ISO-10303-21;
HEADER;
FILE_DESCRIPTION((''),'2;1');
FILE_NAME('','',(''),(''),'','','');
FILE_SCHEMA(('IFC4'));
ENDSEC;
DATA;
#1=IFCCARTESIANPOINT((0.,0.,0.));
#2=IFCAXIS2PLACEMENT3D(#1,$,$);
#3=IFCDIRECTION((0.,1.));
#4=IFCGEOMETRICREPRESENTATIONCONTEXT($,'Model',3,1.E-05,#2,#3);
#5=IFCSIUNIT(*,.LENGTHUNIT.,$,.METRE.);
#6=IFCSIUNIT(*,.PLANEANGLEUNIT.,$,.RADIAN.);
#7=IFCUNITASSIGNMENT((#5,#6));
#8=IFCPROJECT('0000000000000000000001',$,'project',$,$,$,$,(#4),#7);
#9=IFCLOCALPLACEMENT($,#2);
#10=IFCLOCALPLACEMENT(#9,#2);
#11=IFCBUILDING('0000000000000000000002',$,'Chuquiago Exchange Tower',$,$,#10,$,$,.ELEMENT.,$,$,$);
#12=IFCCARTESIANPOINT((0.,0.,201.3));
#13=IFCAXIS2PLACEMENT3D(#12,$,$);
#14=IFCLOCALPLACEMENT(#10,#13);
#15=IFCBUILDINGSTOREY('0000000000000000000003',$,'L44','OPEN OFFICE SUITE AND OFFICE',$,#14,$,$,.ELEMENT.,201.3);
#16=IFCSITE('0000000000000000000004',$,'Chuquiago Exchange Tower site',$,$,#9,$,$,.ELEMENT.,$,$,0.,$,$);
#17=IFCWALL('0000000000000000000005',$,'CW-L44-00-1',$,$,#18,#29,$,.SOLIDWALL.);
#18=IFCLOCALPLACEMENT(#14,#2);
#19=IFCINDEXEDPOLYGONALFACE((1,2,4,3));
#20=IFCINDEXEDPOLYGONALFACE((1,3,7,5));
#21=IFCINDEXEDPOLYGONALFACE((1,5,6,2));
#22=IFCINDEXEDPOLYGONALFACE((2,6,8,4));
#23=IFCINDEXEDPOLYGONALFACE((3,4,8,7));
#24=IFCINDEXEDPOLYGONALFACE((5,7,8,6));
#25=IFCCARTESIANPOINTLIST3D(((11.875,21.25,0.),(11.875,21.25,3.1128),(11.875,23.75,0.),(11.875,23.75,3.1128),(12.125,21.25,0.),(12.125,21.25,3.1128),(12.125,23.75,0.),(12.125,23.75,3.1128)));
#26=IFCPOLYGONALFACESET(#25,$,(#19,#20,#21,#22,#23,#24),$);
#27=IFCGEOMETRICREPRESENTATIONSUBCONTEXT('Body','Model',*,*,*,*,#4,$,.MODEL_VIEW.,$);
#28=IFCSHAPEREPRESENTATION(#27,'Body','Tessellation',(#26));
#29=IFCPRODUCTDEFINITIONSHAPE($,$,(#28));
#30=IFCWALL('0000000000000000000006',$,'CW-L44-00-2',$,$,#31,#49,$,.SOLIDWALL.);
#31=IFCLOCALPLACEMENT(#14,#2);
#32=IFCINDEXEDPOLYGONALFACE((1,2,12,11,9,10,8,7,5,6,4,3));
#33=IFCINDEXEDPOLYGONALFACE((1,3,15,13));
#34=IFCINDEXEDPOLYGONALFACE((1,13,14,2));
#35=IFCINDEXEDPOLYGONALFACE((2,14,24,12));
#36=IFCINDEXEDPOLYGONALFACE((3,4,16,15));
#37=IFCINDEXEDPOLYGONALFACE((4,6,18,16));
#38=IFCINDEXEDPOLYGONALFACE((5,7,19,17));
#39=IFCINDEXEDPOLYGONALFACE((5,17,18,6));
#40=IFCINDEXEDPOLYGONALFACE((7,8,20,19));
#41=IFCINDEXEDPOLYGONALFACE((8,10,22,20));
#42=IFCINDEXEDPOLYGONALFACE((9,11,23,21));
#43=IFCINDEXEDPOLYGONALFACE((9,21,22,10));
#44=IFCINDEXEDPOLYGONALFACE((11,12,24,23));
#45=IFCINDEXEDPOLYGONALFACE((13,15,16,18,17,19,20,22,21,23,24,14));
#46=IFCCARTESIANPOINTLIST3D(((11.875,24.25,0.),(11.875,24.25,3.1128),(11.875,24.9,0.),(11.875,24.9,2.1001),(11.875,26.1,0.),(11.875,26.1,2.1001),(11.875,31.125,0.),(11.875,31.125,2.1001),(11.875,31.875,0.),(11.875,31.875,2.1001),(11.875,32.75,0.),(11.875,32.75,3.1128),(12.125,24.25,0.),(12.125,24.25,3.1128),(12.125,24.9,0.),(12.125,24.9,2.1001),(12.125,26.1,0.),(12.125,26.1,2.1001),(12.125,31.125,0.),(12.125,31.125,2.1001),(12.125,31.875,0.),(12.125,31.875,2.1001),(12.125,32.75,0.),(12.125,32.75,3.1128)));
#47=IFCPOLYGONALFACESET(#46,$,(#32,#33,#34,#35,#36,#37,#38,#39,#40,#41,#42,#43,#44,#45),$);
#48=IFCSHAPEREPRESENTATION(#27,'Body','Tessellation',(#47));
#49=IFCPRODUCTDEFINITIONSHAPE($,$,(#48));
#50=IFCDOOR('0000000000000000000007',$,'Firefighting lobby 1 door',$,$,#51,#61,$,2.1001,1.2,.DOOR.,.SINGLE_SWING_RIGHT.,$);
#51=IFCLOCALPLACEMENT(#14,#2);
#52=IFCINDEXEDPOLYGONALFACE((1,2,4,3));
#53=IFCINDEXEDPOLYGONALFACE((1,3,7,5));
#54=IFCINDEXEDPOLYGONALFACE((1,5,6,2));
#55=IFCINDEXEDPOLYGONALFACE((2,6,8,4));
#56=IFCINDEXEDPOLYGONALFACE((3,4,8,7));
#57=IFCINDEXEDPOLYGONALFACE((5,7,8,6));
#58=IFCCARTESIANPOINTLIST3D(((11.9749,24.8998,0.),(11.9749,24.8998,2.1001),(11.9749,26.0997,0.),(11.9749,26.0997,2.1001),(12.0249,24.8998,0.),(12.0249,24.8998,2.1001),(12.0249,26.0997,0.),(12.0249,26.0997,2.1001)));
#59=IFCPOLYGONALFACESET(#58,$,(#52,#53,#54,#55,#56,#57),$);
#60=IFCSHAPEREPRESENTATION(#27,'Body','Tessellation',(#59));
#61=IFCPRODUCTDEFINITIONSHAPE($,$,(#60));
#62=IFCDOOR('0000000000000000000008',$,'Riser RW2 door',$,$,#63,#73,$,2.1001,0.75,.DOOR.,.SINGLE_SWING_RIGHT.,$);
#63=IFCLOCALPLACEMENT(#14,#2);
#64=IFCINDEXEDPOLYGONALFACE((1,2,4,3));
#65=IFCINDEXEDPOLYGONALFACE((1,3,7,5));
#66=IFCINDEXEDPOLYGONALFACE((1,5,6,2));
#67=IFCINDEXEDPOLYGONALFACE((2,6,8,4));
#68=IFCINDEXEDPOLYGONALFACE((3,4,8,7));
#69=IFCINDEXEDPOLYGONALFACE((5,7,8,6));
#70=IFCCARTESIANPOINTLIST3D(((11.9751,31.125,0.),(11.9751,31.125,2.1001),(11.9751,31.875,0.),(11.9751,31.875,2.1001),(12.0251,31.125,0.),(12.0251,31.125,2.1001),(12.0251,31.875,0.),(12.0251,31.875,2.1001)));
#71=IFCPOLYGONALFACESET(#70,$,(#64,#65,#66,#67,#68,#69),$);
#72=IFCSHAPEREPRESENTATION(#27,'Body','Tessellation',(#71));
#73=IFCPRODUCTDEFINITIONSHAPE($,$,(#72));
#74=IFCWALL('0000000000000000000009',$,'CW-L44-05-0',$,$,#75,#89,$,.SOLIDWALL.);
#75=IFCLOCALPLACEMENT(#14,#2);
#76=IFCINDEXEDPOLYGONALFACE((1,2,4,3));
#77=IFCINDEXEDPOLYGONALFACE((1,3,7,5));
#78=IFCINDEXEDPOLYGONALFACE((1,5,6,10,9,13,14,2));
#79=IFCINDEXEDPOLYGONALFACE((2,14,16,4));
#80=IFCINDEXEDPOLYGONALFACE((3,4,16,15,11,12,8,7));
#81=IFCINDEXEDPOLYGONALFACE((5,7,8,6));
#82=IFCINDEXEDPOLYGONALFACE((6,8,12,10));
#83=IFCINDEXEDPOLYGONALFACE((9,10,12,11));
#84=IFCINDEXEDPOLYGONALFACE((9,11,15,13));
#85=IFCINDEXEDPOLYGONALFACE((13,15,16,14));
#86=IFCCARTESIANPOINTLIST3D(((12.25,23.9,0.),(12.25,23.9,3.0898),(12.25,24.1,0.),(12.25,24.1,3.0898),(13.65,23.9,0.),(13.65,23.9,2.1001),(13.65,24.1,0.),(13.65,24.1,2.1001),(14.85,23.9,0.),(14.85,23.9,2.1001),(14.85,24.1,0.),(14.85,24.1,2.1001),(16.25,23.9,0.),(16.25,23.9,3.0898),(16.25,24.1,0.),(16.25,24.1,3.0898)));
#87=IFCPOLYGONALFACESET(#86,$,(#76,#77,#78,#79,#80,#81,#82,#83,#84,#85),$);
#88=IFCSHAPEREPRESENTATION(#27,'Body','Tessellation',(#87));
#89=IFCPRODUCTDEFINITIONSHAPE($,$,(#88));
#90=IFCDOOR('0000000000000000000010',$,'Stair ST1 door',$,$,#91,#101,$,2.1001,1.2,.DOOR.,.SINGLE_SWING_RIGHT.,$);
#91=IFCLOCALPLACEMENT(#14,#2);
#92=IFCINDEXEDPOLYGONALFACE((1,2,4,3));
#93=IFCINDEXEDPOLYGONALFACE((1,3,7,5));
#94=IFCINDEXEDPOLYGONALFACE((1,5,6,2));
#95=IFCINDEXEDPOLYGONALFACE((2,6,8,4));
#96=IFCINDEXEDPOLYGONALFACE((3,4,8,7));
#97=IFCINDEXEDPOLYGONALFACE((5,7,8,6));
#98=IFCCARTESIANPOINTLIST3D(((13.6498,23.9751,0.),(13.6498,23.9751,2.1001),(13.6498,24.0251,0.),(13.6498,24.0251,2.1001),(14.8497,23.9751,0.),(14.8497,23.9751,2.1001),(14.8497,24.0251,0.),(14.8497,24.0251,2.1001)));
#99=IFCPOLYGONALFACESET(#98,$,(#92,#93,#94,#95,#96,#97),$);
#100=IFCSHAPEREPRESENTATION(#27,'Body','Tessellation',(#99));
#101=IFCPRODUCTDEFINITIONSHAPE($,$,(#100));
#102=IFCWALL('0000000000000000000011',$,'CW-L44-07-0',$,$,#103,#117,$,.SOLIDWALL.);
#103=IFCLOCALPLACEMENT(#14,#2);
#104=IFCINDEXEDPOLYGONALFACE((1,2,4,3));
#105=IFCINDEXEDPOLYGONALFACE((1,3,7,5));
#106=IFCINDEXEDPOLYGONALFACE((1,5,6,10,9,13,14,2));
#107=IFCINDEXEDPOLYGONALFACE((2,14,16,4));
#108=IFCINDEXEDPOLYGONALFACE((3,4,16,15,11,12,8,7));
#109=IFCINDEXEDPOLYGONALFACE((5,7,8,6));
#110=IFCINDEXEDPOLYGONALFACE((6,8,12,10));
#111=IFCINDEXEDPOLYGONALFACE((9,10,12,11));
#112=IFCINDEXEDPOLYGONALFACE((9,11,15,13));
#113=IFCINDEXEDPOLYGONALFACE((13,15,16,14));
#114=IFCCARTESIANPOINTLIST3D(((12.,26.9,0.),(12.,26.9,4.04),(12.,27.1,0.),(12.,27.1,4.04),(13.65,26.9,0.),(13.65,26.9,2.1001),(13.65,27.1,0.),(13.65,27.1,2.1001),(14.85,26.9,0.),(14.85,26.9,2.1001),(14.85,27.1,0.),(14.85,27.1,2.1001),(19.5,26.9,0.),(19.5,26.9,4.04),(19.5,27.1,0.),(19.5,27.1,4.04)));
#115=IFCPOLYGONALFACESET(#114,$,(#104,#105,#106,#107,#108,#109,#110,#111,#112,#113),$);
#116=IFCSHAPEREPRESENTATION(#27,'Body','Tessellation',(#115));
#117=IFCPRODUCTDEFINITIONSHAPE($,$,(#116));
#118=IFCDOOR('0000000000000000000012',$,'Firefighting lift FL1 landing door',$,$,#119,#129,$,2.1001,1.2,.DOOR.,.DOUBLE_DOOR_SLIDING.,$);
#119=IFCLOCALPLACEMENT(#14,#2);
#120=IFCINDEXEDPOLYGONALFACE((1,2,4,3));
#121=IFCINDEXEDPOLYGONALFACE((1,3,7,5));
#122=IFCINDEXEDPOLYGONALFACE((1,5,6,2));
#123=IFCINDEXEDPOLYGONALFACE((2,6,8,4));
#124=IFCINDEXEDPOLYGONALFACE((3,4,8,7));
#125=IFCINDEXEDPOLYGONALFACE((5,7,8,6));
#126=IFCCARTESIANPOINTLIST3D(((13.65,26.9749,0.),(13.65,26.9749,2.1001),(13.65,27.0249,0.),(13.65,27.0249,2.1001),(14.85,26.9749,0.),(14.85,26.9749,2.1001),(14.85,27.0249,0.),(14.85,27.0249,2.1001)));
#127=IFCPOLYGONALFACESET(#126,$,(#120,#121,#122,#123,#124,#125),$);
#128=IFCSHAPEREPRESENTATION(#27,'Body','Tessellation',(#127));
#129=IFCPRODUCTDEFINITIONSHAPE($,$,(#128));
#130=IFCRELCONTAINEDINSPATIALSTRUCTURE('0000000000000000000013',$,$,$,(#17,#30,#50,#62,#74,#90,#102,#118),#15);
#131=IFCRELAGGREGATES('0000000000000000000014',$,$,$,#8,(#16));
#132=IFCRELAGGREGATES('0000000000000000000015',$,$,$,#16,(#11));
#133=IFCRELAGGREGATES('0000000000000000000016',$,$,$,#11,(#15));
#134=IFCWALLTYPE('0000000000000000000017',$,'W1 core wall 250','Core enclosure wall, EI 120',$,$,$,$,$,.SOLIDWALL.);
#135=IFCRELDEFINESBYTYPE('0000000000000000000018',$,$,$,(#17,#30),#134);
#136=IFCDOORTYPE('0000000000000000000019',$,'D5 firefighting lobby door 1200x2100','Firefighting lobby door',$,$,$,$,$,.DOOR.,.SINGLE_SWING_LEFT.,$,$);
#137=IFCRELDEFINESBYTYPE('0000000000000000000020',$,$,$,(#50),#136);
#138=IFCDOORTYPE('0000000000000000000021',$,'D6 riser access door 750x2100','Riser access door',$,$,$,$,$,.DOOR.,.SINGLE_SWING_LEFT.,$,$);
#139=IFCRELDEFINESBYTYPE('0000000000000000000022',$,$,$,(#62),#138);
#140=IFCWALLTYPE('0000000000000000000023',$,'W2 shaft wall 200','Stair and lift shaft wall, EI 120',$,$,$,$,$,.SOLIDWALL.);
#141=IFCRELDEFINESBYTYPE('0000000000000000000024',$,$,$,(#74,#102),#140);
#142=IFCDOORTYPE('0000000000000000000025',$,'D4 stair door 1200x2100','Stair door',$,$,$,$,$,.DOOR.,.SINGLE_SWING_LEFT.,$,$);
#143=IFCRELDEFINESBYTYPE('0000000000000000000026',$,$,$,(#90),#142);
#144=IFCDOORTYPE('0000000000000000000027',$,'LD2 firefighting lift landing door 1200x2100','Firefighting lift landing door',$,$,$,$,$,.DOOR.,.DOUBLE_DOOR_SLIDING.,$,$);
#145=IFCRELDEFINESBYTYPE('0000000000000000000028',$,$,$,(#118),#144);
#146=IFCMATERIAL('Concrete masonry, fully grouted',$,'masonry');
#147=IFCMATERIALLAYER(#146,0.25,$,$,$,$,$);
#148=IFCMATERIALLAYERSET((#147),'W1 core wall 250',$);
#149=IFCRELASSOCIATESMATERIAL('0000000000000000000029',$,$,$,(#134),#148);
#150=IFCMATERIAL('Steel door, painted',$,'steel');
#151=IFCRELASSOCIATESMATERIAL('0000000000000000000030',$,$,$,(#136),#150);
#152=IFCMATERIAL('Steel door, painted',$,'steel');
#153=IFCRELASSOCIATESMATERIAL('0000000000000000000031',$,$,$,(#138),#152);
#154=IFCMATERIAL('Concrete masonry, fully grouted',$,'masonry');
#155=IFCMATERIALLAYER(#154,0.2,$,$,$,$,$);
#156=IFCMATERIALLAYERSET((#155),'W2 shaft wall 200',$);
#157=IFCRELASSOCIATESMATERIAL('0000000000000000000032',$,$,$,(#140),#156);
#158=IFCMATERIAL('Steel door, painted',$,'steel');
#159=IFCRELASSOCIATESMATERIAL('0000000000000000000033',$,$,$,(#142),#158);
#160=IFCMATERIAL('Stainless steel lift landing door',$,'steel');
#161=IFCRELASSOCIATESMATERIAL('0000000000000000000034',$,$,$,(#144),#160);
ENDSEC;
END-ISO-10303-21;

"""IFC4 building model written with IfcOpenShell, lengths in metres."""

from ifc_helpers import new_model, si_unit, direction, frame, frame_2d, origin, place, context, subcontext, project, spatial, rectangle, extrude, material, layer, layer_set, type_object, element, fill, save


model = new_model("IFC4")

# Units and contexts
model_context = context("Model", 3, precision=1e-05, world=origin(), true_north=direction((0.0, 1.0)))
body_context = subcontext(model_context, "Body", "Model", "MODEL_VIEW")
ifc_project = project(units=[si_unit("LENGTHUNIT", "METRE"), si_unit("PLANEANGLEUNIT", "RADIAN")], contexts=[model_context])

# Site, building, storey
site_placement = place(None, origin())
site = spatial("IfcSite", under=ifc_project, at=site_placement, Name="Chuquiago Exchange Tower site", CompositionType="ELEMENT", RefElevation=0.0)
building_placement = place(site_placement, origin())
building = spatial("IfcBuilding", under=site, at=building_placement, Name="Chuquiago Exchange Tower", CompositionType="ELEMENT")
storey_placement = place(building_placement, frame((0.0, 0.0, 201.3)))
storey = spatial("IfcBuildingStorey", under=building, at=storey_placement, Name="L44", Description="OPEN OFFICE SUITE AND OFFICE", CompositionType="ELEMENT", Elevation=201.3)

# Wall
ifc_material_1 = material(Name="Concrete masonry, fully grouted", Category="masonry")
ifc_layer_1 = layer(ifc_material_1, 0.25)
ifc_layer_set_1 = layer_set([ifc_layer_1], Name="W1 core wall 250")
wall_type_1 = type_object("IfcWallType", Name="W1 core wall 250", Description="Core enclosure wall, EI 120", PredefinedType="SOLIDWALL", material=ifc_layer_set_1)
wall_1_placement = place(storey_placement, frame((12.0, 21.25, 0.0), z_axis=(0.0, 0.0, 1.0), x_axis=(0.0, 1.0, 0.0)))
element("IfcWall", 1, at=wall_1_placement, inside=storey, type_object=wall_type_1, Name="CW-L44-00-1", PredefinedType="SOLIDWALL", context=body_context, shape_type="SweptSolid", body=[
    extrude(rectangle(XDim=2.5, YDim=0.25, at=frame_2d((1.25, 0.0))), origin(), (0.0, 0.0, 1.0), 3.1128),
])

# Wall, openings, doors
wall_2_placement = place(storey_placement, frame((12.0, 24.25, 0.0), z_axis=(0.0, 0.0, 1.0), x_axis=(0.0, 1.0, 0.0)))
wall_2 = element("IfcWall", 2, at=wall_2_placement, inside=storey, type_object=wall_type_1, Name="CW-L44-00-2", PredefinedType="SOLIDWALL", context=body_context, shape_type="SweptSolid", body=[
    extrude(rectangle(XDim=8.5, YDim=0.25, at=frame_2d((4.25, 0.0))), origin(), (0.0, 0.0, 1.0), 3.1128),
])
opening_1_placement = place(wall_2_placement, frame((0.6499, 0.0, 0.0)))
opening_1 = element("IfcOpeningElement", 3, at=opening_1_placement, cuts=wall_2, PredefinedType="OPENING", context=body_context, shape_type="SweptSolid", body=[
    extrude(rectangle(XDim=1.2, YDim=2.1001, at=frame_2d((0.6001, 1.05))), frame((0.0, 0.135, 0.0), z_axis=(0.0, -1.0, 0.0), x_axis=(1.0, 0.0, 0.0)), (0.0, 0.0, 1.0), 0.27),
])
opening_2_placement = place(wall_2_placement, frame((6.875, 0.0, 0.0)))
opening_2 = element("IfcOpeningElement", 4, at=opening_2_placement, cuts=wall_2, PredefinedType="OPENING", context=body_context, shape_type="SweptSolid", body=[
    extrude(rectangle(XDim=0.75, YDim=2.1001, at=frame_2d((0.375, 1.05))), frame((0.0, 0.135, 0.0), z_axis=(0.0, -1.0, 0.0), x_axis=(1.0, 0.0, 0.0)), (0.0, 0.0, 1.0), 0.27),
])
ifc_material_2 = material(Name="Steel door, painted", Category="steel")
door_type_1 = type_object("IfcDoorType", Name="D5 firefighting lobby door 1200x2100", Description="Firefighting lobby door", OperationType="SINGLE_SWING_LEFT", PredefinedType="DOOR", material=ifc_material_2)
door_1_placement = place(opening_1_placement, frame((1.2, 0.0, 0.0), z_axis=(0.0, 0.0, 1.0), x_axis=(-1.0, 0.0, 0.0)))
door_1 = element("IfcDoor", 5, at=door_1_placement, inside=storey, type_object=door_type_1, Name="Firefighting lobby 1 door", OperationType="SINGLE_SWING_RIGHT", OverallHeight=2.1001, OverallWidth=1.2, PredefinedType="DOOR", context=body_context, shape_type="SweptSolid", body=[
    extrude(rectangle(XDim=1.2, YDim=2.1001, at=frame_2d((0.6001, 1.05))), frame((0.0, 0.0249, 0.0), z_axis=(0.0, -1.0, 0.0), x_axis=(1.0, 0.0, 0.0)), (0.0, 0.0, 1.0), 0.05),
])
fill(opening_1, door_1)
ifc_material_3 = material(Name="Steel door, painted", Category="steel")
door_type_2 = type_object("IfcDoorType", Name="D6 riser access door 750x2100", Description="Riser access door", OperationType="SINGLE_SWING_LEFT", PredefinedType="DOOR", material=ifc_material_3)
door_2_placement = place(opening_2_placement, origin())
door_2 = element("IfcDoor", 6, at=door_2_placement, inside=storey, type_object=door_type_2, Name="Riser RW2 door", OperationType="SINGLE_SWING_RIGHT", OverallHeight=2.1001, OverallWidth=0.75, PredefinedType="DOOR", context=body_context, shape_type="SweptSolid", body=[
    extrude(rectangle(XDim=0.75, YDim=2.1001, at=frame_2d((0.375, 1.05))), frame((0.0, 0.0249, 0.0), z_axis=(0.0, -1.0, 0.0), x_axis=(1.0, 0.0, 0.0)), (0.0, 0.0, 1.0), 0.05),
])
fill(opening_2, door_2)

# Walls, openings, doors
ifc_material_4 = material(Name="Concrete masonry, fully grouted", Category="masonry")
ifc_layer_2 = layer(ifc_material_4, 0.2)
ifc_layer_set_2 = layer_set([ifc_layer_2], Name="W2 shaft wall 200")
wall_type_2 = type_object("IfcWallType", Name="W2 shaft wall 200", Description="Stair and lift shaft wall, EI 120", PredefinedType="SOLIDWALL", material=ifc_layer_set_2)
wall_3_placement = place(storey_placement, frame((12.25, 24.0, 0.0), z_axis=(0.0, 0.0, 1.0), x_axis=(1.0, 0.0, 0.0)))
wall_3 = element("IfcWall", 7, at=wall_3_placement, inside=storey, type_object=wall_type_2, Name="CW-L44-05-0", PredefinedType="SOLIDWALL", context=body_context, shape_type="SweptSolid", body=[
    extrude(rectangle(XDim=4.0, YDim=0.2, at=frame_2d((2.0, 0.0))), origin(), (0.0, 0.0, 1.0), 3.0898),
])
opening_3_placement = place(wall_3_placement, frame((1.3999, 0.0, 0.0)))
opening_3 = element("IfcOpeningElement", 8, at=opening_3_placement, cuts=wall_3, PredefinedType="OPENING", context=body_context, shape_type="SweptSolid", body=[
    extrude(rectangle(XDim=1.2, YDim=2.1001, at=frame_2d((0.6001, 1.05))), frame((0.0, 0.1099, 0.0), z_axis=(0.0, -1.0, 0.0), x_axis=(1.0, 0.0, 0.0)), (0.0, 0.0, 1.0), 0.22),
])
ifc_material_5 = material(Name="Steel door, painted", Category="steel")
door_type_3 = type_object("IfcDoorType", Name="D4 stair door 1200x2100", Description="Stair door", OperationType="SINGLE_SWING_LEFT", PredefinedType="DOOR", material=ifc_material_5)
door_3_placement = place(opening_3_placement, frame((1.2, 0.0, 0.0), z_axis=(0.0, 0.0, 1.0), x_axis=(-1.0, 0.0, 0.0)))
door_3 = element("IfcDoor", 9, at=door_3_placement, inside=storey, type_object=door_type_3, Name="Stair ST1 door", OperationType="SINGLE_SWING_RIGHT", OverallHeight=2.1001, OverallWidth=1.2, PredefinedType="DOOR", context=body_context, shape_type="SweptSolid", body=[
    extrude(rectangle(XDim=1.2, YDim=2.1001, at=frame_2d((0.6001, 1.05))), frame((0.0, 0.0249, 0.0), z_axis=(0.0, -1.0, 0.0), x_axis=(1.0, 0.0, 0.0)), (0.0, 0.0, 1.0), 0.05),
])
fill(opening_3, door_3)
wall_4_placement = place(storey_placement, frame((12.0, 27.0, 0.0), z_axis=(0.0, 0.0, 1.0), x_axis=(1.0, 0.0, 0.0)))
wall_4 = element("IfcWall", 10, at=wall_4_placement, inside=storey, type_object=wall_type_2, Name="CW-L44-07-0", PredefinedType="SOLIDWALL", context=body_context, shape_type="SweptSolid", body=[
    extrude(rectangle(XDim=7.5, YDim=0.2, at=frame_2d((3.75, 0.0))), origin(), (0.0, 0.0, 1.0), 4.04),
])
opening_4_placement = place(wall_4_placement, frame((1.6499, 0.0, 0.0)))
opening_4 = element("IfcOpeningElement", 11, at=opening_4_placement, cuts=wall_4, PredefinedType="OPENING", context=body_context, shape_type="SweptSolid", body=[
    extrude(rectangle(XDim=1.2, YDim=2.1001, at=frame_2d((0.6001, 1.05))), frame((0.0, 0.1099, 0.0), z_axis=(0.0, -1.0, 0.0), x_axis=(1.0, 0.0, 0.0)), (0.0, 0.0, 1.0), 0.22),
])
ifc_material_6 = material(Name="Stainless steel lift landing door", Category="steel")
door_type_4 = type_object("IfcDoorType", Name="LD2 firefighting lift landing door 1200x2100", Description="Firefighting lift landing door", OperationType="DOUBLE_DOOR_SLIDING", PredefinedType="DOOR", material=ifc_material_6)
door_4_placement = place(opening_4_placement, origin())
door_4 = element("IfcDoor", 12, at=door_4_placement, inside=storey, type_object=door_type_4, Name="Firefighting lift FL1 landing door", OperationType="DOUBLE_DOOR_SLIDING", OverallHeight=2.1001, OverallWidth=1.2, PredefinedType="DOOR", context=body_context, shape_type="SweptSolid", body=[
    extrude(rectangle(XDim=1.2, YDim=2.1001, at=frame_2d((0.6001, 1.05))), frame((0.0, 0.0249, 0.0), z_axis=(0.0, -1.0, 0.0), x_axis=(1.0, 0.0, 0.0)), (0.0, 0.0, 1.0), 0.05),
])
fill(opening_4, door_4)

save(model, "model.ifc")
